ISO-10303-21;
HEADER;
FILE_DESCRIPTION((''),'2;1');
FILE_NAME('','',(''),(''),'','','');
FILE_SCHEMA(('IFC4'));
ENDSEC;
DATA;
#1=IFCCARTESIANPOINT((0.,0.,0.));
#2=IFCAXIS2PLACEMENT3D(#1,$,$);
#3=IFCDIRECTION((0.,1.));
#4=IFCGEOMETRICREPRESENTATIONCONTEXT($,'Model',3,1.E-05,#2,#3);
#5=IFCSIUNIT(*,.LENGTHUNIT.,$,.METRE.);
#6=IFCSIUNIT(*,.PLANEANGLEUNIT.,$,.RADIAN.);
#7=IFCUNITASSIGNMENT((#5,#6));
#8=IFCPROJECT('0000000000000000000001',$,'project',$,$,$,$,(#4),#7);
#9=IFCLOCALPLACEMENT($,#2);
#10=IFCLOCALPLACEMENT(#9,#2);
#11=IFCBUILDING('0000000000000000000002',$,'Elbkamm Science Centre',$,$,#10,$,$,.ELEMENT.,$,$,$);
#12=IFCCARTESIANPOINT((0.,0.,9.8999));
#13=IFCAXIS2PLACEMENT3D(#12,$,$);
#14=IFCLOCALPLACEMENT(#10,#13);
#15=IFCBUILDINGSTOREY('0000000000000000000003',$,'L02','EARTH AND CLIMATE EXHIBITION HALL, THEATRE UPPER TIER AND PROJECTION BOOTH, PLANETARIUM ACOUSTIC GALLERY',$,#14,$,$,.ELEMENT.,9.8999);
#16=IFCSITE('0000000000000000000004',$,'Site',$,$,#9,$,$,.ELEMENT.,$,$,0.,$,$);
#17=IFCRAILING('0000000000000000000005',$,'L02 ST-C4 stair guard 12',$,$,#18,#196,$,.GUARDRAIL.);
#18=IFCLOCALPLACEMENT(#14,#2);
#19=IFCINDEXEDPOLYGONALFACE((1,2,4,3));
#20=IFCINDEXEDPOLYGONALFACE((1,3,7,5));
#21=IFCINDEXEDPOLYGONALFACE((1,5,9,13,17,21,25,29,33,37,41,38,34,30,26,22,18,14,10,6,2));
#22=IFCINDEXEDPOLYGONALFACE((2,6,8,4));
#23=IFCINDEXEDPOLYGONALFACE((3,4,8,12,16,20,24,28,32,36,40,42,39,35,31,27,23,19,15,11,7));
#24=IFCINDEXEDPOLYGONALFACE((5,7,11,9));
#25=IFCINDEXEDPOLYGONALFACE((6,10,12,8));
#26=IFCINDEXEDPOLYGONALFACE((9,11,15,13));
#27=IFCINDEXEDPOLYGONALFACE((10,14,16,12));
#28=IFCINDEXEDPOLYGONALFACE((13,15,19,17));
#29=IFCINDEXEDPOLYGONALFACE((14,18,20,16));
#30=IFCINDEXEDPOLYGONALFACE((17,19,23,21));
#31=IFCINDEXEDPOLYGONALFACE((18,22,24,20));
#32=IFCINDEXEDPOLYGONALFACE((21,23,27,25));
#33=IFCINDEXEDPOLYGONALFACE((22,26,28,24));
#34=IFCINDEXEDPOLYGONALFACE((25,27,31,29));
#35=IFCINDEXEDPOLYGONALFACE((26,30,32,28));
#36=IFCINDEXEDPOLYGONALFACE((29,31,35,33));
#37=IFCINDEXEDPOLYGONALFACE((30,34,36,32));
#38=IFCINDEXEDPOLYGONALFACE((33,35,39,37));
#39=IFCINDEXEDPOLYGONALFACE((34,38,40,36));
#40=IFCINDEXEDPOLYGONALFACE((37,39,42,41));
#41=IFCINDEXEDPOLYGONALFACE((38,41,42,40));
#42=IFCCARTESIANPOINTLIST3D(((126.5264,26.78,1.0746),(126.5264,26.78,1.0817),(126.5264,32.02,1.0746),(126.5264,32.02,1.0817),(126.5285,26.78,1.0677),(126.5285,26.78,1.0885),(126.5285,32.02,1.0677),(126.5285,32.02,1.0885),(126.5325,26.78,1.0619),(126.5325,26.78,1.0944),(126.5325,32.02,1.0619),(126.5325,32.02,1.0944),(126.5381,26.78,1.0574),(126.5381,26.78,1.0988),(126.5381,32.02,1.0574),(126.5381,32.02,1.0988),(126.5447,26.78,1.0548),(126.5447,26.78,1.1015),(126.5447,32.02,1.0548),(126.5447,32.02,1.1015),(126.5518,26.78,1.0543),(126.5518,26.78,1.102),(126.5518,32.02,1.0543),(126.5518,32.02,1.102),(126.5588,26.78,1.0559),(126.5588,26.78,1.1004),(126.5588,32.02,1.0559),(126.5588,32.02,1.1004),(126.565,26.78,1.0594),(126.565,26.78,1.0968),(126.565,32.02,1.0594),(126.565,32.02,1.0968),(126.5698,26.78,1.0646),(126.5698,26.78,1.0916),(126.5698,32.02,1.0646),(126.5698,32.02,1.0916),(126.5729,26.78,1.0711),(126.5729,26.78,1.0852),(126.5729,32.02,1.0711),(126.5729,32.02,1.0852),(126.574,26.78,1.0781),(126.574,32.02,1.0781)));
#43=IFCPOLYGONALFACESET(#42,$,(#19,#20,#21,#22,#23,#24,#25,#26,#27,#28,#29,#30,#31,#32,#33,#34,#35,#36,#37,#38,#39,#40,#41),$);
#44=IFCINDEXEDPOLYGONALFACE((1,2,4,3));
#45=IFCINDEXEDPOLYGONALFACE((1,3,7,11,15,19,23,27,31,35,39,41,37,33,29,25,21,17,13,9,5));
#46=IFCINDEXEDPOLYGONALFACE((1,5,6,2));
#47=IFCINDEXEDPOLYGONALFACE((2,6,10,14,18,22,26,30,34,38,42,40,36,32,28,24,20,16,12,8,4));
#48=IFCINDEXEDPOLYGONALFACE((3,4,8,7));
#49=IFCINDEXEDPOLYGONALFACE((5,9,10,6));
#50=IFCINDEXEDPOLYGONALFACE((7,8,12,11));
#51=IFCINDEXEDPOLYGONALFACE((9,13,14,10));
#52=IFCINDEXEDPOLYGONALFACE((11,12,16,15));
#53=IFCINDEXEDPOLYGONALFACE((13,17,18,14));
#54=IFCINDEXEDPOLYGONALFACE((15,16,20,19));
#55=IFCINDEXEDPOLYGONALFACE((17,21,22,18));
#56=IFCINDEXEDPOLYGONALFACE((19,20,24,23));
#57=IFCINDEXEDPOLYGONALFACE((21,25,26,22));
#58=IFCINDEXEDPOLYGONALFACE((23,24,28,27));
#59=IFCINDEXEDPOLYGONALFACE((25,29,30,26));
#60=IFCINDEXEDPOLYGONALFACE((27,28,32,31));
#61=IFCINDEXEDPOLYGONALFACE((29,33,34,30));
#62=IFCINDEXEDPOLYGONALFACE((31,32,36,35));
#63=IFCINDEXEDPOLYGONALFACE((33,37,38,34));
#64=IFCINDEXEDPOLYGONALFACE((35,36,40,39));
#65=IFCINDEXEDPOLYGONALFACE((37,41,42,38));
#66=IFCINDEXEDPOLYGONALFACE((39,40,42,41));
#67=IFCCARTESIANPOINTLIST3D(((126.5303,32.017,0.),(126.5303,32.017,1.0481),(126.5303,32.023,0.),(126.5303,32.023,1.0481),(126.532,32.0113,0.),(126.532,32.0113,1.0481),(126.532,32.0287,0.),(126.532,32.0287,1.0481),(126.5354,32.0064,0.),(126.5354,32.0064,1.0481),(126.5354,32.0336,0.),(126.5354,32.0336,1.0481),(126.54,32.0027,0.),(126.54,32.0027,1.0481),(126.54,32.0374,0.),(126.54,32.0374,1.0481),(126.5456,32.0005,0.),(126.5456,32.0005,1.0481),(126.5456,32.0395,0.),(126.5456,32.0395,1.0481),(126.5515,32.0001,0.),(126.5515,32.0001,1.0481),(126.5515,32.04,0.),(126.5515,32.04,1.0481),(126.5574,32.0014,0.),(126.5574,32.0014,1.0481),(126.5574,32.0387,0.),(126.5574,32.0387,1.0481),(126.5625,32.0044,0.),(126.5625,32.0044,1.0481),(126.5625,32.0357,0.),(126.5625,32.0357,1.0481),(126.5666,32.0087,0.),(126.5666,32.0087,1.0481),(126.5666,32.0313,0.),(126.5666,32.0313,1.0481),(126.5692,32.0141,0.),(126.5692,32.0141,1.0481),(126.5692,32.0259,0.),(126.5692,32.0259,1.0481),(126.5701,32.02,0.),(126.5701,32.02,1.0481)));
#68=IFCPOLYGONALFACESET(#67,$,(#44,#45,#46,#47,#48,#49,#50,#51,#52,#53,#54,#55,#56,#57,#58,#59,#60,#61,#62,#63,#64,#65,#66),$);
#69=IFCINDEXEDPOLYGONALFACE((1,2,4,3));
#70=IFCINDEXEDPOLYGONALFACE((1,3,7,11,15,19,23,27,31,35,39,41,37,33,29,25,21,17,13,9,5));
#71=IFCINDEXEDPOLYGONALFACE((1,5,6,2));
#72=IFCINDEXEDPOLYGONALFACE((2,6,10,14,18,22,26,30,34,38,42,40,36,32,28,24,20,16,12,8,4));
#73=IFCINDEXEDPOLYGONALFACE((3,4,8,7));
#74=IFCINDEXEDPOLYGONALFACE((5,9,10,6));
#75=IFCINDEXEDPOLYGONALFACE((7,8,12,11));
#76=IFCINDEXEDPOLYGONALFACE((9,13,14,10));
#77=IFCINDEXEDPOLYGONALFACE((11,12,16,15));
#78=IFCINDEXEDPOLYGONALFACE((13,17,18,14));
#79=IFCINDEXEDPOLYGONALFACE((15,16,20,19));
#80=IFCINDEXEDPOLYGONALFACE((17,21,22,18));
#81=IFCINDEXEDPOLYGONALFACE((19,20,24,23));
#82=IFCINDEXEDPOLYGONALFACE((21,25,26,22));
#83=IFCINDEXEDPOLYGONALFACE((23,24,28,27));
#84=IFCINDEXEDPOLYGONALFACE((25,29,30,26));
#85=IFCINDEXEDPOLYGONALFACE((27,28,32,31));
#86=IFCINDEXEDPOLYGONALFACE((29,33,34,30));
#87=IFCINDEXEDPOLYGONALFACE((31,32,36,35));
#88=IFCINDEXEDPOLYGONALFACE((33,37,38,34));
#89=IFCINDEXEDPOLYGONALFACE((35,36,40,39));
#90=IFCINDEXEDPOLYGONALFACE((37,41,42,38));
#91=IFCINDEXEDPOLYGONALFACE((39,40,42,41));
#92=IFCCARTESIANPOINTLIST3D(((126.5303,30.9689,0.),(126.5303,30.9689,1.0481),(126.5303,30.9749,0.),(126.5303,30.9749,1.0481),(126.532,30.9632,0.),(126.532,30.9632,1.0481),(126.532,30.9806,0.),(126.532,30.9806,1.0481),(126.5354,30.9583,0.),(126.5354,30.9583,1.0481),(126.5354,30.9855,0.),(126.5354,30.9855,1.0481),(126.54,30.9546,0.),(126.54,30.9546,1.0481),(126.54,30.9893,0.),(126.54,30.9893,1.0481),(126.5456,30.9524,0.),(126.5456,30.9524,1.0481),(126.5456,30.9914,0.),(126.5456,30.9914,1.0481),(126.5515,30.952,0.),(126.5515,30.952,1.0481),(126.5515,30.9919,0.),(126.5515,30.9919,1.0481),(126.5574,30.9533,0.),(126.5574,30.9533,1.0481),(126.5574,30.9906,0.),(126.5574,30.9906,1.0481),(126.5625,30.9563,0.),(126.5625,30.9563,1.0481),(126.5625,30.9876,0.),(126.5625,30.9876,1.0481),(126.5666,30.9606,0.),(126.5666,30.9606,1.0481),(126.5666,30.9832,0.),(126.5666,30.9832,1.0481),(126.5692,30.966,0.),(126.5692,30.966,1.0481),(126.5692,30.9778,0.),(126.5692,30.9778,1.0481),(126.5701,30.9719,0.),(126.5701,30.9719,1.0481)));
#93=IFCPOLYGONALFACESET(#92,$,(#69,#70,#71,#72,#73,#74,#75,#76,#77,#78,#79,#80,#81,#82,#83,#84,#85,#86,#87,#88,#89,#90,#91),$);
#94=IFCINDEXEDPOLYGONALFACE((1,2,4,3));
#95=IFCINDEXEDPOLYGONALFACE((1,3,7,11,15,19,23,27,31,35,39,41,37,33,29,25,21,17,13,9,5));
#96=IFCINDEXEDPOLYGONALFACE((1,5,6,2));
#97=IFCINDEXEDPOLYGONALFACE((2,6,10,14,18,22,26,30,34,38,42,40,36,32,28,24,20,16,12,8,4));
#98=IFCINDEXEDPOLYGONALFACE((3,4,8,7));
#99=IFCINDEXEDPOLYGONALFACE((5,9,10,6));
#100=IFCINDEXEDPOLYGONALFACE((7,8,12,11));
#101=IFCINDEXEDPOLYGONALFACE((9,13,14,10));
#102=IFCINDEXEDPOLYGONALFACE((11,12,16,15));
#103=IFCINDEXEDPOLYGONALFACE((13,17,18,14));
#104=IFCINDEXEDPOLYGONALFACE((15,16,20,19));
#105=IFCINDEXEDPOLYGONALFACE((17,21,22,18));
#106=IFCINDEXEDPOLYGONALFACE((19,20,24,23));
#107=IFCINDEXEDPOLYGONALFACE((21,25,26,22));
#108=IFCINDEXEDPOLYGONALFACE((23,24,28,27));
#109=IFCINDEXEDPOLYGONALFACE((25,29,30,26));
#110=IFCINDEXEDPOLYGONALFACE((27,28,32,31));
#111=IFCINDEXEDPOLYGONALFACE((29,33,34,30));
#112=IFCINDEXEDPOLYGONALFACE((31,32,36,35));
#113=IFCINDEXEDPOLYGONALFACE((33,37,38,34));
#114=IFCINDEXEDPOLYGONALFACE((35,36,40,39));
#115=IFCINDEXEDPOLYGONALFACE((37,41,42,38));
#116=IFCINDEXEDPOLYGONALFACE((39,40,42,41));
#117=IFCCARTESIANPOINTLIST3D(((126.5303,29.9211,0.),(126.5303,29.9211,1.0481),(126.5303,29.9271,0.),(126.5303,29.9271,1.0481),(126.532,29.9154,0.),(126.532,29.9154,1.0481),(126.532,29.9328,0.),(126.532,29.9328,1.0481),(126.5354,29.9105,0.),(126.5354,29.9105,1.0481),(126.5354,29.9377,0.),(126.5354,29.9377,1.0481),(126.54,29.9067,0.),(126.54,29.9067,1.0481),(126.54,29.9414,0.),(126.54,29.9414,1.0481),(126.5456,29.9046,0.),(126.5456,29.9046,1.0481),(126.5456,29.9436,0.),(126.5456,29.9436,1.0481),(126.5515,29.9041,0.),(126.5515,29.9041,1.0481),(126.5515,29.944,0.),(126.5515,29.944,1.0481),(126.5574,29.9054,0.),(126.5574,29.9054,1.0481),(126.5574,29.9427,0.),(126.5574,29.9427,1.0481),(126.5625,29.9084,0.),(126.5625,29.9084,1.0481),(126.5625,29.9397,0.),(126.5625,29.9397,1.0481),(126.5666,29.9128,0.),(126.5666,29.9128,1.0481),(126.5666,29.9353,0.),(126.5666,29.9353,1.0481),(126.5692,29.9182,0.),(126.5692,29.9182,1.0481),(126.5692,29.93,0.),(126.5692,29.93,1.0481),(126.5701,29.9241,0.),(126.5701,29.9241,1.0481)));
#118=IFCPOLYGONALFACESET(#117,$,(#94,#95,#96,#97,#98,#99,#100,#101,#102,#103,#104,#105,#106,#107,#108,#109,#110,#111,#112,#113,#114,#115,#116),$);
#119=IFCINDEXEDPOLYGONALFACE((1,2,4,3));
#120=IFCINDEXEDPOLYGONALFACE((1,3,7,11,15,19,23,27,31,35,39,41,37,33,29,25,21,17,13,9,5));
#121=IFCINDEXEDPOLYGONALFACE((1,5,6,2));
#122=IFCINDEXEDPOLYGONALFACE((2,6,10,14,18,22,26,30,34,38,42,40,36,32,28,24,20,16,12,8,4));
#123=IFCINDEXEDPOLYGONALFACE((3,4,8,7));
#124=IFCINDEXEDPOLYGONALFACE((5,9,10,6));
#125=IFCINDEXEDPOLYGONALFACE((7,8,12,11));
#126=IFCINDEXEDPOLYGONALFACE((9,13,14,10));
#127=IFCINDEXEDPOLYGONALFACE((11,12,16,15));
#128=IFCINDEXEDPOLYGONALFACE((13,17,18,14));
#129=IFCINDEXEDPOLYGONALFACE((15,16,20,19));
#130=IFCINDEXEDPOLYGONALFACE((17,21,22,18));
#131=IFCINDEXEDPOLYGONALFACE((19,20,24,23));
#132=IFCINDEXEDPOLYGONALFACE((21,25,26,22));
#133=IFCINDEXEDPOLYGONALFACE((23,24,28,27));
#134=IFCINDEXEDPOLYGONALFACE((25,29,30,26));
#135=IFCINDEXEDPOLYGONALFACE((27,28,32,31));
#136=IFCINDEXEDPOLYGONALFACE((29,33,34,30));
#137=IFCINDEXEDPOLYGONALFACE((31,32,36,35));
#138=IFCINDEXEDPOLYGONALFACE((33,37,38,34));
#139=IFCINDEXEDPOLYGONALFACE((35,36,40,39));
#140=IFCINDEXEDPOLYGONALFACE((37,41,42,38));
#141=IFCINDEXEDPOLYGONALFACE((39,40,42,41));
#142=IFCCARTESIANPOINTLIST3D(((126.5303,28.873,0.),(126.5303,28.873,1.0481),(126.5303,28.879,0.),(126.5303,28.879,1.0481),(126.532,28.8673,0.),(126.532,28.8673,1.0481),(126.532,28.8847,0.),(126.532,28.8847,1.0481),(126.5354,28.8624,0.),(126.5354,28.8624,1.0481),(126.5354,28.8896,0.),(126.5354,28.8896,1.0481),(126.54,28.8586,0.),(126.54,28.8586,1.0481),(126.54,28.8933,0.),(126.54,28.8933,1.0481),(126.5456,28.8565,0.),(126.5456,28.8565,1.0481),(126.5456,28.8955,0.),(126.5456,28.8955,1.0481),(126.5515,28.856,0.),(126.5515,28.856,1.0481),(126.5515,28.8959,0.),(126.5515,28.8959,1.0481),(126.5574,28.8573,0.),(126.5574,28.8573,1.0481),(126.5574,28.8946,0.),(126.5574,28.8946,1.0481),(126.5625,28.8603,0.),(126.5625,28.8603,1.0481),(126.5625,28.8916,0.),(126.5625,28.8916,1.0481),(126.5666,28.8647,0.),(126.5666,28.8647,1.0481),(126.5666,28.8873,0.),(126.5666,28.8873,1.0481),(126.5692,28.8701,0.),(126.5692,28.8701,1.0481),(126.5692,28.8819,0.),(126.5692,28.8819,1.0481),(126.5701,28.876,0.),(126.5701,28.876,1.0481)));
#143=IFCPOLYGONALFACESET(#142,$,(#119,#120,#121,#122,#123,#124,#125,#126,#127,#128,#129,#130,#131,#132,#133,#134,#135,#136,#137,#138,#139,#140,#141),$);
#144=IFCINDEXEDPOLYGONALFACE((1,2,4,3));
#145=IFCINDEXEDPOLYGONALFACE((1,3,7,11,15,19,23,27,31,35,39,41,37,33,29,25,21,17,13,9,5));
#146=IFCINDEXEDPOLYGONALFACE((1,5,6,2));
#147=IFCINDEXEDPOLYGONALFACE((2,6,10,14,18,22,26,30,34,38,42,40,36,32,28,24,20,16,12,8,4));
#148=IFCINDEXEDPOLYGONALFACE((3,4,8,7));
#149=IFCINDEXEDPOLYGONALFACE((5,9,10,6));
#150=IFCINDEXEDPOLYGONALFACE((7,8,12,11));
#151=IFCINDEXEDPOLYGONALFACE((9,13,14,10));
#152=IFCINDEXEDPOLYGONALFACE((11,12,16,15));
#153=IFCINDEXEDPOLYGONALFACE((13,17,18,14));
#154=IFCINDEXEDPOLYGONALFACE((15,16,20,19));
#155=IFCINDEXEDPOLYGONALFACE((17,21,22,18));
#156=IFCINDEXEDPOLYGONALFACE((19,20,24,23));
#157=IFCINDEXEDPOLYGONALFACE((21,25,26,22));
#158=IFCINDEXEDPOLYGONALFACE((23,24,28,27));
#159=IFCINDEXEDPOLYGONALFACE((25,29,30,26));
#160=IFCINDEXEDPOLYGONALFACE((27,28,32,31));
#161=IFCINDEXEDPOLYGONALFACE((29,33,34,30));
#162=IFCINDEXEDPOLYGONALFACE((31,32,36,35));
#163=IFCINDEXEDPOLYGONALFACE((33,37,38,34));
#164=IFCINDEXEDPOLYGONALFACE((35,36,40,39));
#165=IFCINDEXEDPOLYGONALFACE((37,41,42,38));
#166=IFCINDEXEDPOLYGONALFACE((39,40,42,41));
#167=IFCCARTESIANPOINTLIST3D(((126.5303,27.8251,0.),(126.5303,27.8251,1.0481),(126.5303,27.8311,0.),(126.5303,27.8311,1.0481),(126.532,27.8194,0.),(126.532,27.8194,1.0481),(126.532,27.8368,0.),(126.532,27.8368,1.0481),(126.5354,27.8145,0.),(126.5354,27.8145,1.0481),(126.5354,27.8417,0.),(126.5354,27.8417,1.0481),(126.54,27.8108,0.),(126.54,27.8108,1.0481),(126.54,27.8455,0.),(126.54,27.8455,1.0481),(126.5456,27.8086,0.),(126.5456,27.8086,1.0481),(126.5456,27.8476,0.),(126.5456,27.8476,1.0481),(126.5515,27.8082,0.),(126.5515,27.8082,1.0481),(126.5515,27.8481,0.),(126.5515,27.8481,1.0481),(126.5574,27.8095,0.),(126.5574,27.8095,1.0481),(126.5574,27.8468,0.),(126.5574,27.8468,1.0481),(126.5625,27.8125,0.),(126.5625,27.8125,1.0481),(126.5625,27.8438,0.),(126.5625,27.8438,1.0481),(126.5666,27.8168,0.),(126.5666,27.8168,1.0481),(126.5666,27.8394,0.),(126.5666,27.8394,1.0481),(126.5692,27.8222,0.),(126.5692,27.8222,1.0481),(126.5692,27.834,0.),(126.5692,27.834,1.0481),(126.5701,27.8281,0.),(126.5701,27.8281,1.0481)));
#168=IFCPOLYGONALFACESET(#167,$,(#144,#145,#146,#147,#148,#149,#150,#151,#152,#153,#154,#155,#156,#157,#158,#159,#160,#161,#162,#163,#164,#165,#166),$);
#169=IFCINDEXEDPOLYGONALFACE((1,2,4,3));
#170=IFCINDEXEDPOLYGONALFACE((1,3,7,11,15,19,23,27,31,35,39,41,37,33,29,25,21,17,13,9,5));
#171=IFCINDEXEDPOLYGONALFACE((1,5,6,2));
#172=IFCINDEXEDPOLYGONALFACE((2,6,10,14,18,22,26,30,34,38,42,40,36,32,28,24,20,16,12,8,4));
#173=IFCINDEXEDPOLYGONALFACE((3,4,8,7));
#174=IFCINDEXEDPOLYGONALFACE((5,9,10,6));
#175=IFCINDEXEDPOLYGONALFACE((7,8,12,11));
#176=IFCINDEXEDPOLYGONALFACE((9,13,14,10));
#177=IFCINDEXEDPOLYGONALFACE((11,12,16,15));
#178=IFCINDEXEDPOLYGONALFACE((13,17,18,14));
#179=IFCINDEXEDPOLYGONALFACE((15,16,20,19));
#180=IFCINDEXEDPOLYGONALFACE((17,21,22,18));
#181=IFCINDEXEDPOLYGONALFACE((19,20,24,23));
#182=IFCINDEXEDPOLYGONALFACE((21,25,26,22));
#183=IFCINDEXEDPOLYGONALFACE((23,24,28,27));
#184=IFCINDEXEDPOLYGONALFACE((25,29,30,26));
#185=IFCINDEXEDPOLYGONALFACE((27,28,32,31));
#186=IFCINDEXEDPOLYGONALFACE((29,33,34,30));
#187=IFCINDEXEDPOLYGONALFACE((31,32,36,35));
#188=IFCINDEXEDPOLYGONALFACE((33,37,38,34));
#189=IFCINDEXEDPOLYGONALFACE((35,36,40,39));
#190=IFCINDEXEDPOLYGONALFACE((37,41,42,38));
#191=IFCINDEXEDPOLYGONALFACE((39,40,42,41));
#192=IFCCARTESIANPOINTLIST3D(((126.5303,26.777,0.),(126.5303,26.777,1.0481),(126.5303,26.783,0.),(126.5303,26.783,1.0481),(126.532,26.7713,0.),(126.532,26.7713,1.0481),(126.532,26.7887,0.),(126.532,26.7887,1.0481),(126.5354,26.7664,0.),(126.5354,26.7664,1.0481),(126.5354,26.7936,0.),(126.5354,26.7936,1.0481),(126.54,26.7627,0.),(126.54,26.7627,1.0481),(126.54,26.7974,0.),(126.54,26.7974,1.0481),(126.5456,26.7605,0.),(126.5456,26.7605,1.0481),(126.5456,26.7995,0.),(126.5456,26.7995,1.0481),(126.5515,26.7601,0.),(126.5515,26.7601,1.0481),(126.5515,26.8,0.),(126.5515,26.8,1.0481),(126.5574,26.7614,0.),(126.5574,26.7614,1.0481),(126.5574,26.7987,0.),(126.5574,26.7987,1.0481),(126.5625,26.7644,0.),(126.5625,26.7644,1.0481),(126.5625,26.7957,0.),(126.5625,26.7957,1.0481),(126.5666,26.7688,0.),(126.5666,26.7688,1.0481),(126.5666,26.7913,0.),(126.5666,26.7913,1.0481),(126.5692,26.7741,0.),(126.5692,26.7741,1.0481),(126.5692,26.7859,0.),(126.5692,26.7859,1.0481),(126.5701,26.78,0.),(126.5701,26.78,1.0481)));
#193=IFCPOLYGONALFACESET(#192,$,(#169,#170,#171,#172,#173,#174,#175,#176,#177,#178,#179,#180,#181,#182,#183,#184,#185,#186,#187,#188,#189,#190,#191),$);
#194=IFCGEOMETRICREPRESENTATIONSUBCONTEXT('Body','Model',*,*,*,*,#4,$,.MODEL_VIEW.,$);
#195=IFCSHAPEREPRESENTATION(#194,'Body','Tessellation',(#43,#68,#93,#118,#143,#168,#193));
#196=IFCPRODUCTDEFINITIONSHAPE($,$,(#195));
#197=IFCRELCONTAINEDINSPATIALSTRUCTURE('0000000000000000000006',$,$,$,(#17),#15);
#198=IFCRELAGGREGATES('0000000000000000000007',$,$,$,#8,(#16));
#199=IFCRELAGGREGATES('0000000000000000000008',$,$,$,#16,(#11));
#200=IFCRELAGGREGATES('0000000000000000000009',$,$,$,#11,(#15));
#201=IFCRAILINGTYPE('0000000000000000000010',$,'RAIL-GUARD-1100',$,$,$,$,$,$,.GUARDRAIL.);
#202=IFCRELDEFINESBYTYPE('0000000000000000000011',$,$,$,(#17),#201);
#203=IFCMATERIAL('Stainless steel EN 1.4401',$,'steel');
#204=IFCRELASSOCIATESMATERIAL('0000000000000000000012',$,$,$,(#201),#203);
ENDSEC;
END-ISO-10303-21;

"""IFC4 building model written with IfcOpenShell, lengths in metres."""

from ifc_helpers import new_model, si_unit, direction, frame, origin, origin_2d, place, context, subcontext, project, spatial, circle, extrude, material, type_object, element, save


model = new_model("IFC4")

# Units and contexts
model_context = context("Model", 3, precision=1e-05, world=origin(), true_north=direction((0.0, 1.0)))
body_context = subcontext(model_context, "Body", "Model", "MODEL_VIEW")
ifc_project = project(units=[si_unit("LENGTHUNIT", "METRE"), si_unit("PLANEANGLEUNIT", "RADIAN")], contexts=[model_context])

# Site, building, storey
site_placement = place(None, origin())
site = spatial("IfcSite", under=ifc_project, at=site_placement, Name="Site", CompositionType="ELEMENT", RefElevation=0.0)
building_placement = place(site_placement, origin())
building = spatial("IfcBuilding", under=site, at=building_placement, Name="Elbkamm Science Centre", CompositionType="ELEMENT")
storey_placement = place(building_placement, frame((0.0, 0.0, 9.8999)))
storey = spatial("IfcBuildingStorey", under=building, at=storey_placement, Name="L02", Description="EARTH AND CLIMATE EXHIBITION HALL, THEATRE UPPER TIER AND PROJECTION BOOTH, PLANETARIUM ACOUSTIC GALLERY", CompositionType="ELEMENT", Elevation=9.8999)

# Railing
ifc_material_1 = material(Name="Stainless steel EN 1.4401", Category="steel")
railing_type_1 = type_object("IfcRailingType", Name="RAIL-GUARD-1100", PredefinedType="GUARDRAIL", material=ifc_material_1)
railing_1_placement = place(storey_placement, frame((126.55, 32.02, 0.0)))
element("IfcRailing", 1, at=railing_1_placement, inside=storey, type_object=railing_type_1, Name="L02 ST-C4 stair guard 12", PredefinedType="GUARDRAIL", context=body_context, shape_type="SweptSolid", body=[
    extrude(circle(Radius=0.0239, at=origin_2d()), frame((0.0, 0.0, 1.0781), z_axis=(0.0, -1.0, 0.0), x_axis=(1.0, 0.0, 0.0)), (0.0, 0.0, 1.0), 5.24),
    extrude(circle(Radius=0.02, at=origin_2d()), origin(), (0.0, 0.0, 1.0), 1.0481),
    extrude(circle(Radius=0.02, at=origin_2d()), frame((0.0, -1.0481, 0.0)), (0.0, 0.0, 1.0), 1.0481),
    extrude(circle(Radius=0.02, at=origin_2d()), frame((0.0, -2.0959, 0.0)), (0.0, 0.0, 1.0), 1.0481),
    extrude(circle(Radius=0.02, at=origin_2d()), frame((0.0, -3.144, 0.0)), (0.0, 0.0, 1.0), 1.0481),
    extrude(circle(Radius=0.02, at=origin_2d()), frame((0.0, -4.1919, 0.0)), (0.0, 0.0, 1.0), 1.0481),
    extrude(circle(Radius=0.02, at=origin_2d()), frame((0.0, -5.24, 0.0)), (0.0, 0.0, 1.0), 1.0481),
])

save(model, "model.ifc")
